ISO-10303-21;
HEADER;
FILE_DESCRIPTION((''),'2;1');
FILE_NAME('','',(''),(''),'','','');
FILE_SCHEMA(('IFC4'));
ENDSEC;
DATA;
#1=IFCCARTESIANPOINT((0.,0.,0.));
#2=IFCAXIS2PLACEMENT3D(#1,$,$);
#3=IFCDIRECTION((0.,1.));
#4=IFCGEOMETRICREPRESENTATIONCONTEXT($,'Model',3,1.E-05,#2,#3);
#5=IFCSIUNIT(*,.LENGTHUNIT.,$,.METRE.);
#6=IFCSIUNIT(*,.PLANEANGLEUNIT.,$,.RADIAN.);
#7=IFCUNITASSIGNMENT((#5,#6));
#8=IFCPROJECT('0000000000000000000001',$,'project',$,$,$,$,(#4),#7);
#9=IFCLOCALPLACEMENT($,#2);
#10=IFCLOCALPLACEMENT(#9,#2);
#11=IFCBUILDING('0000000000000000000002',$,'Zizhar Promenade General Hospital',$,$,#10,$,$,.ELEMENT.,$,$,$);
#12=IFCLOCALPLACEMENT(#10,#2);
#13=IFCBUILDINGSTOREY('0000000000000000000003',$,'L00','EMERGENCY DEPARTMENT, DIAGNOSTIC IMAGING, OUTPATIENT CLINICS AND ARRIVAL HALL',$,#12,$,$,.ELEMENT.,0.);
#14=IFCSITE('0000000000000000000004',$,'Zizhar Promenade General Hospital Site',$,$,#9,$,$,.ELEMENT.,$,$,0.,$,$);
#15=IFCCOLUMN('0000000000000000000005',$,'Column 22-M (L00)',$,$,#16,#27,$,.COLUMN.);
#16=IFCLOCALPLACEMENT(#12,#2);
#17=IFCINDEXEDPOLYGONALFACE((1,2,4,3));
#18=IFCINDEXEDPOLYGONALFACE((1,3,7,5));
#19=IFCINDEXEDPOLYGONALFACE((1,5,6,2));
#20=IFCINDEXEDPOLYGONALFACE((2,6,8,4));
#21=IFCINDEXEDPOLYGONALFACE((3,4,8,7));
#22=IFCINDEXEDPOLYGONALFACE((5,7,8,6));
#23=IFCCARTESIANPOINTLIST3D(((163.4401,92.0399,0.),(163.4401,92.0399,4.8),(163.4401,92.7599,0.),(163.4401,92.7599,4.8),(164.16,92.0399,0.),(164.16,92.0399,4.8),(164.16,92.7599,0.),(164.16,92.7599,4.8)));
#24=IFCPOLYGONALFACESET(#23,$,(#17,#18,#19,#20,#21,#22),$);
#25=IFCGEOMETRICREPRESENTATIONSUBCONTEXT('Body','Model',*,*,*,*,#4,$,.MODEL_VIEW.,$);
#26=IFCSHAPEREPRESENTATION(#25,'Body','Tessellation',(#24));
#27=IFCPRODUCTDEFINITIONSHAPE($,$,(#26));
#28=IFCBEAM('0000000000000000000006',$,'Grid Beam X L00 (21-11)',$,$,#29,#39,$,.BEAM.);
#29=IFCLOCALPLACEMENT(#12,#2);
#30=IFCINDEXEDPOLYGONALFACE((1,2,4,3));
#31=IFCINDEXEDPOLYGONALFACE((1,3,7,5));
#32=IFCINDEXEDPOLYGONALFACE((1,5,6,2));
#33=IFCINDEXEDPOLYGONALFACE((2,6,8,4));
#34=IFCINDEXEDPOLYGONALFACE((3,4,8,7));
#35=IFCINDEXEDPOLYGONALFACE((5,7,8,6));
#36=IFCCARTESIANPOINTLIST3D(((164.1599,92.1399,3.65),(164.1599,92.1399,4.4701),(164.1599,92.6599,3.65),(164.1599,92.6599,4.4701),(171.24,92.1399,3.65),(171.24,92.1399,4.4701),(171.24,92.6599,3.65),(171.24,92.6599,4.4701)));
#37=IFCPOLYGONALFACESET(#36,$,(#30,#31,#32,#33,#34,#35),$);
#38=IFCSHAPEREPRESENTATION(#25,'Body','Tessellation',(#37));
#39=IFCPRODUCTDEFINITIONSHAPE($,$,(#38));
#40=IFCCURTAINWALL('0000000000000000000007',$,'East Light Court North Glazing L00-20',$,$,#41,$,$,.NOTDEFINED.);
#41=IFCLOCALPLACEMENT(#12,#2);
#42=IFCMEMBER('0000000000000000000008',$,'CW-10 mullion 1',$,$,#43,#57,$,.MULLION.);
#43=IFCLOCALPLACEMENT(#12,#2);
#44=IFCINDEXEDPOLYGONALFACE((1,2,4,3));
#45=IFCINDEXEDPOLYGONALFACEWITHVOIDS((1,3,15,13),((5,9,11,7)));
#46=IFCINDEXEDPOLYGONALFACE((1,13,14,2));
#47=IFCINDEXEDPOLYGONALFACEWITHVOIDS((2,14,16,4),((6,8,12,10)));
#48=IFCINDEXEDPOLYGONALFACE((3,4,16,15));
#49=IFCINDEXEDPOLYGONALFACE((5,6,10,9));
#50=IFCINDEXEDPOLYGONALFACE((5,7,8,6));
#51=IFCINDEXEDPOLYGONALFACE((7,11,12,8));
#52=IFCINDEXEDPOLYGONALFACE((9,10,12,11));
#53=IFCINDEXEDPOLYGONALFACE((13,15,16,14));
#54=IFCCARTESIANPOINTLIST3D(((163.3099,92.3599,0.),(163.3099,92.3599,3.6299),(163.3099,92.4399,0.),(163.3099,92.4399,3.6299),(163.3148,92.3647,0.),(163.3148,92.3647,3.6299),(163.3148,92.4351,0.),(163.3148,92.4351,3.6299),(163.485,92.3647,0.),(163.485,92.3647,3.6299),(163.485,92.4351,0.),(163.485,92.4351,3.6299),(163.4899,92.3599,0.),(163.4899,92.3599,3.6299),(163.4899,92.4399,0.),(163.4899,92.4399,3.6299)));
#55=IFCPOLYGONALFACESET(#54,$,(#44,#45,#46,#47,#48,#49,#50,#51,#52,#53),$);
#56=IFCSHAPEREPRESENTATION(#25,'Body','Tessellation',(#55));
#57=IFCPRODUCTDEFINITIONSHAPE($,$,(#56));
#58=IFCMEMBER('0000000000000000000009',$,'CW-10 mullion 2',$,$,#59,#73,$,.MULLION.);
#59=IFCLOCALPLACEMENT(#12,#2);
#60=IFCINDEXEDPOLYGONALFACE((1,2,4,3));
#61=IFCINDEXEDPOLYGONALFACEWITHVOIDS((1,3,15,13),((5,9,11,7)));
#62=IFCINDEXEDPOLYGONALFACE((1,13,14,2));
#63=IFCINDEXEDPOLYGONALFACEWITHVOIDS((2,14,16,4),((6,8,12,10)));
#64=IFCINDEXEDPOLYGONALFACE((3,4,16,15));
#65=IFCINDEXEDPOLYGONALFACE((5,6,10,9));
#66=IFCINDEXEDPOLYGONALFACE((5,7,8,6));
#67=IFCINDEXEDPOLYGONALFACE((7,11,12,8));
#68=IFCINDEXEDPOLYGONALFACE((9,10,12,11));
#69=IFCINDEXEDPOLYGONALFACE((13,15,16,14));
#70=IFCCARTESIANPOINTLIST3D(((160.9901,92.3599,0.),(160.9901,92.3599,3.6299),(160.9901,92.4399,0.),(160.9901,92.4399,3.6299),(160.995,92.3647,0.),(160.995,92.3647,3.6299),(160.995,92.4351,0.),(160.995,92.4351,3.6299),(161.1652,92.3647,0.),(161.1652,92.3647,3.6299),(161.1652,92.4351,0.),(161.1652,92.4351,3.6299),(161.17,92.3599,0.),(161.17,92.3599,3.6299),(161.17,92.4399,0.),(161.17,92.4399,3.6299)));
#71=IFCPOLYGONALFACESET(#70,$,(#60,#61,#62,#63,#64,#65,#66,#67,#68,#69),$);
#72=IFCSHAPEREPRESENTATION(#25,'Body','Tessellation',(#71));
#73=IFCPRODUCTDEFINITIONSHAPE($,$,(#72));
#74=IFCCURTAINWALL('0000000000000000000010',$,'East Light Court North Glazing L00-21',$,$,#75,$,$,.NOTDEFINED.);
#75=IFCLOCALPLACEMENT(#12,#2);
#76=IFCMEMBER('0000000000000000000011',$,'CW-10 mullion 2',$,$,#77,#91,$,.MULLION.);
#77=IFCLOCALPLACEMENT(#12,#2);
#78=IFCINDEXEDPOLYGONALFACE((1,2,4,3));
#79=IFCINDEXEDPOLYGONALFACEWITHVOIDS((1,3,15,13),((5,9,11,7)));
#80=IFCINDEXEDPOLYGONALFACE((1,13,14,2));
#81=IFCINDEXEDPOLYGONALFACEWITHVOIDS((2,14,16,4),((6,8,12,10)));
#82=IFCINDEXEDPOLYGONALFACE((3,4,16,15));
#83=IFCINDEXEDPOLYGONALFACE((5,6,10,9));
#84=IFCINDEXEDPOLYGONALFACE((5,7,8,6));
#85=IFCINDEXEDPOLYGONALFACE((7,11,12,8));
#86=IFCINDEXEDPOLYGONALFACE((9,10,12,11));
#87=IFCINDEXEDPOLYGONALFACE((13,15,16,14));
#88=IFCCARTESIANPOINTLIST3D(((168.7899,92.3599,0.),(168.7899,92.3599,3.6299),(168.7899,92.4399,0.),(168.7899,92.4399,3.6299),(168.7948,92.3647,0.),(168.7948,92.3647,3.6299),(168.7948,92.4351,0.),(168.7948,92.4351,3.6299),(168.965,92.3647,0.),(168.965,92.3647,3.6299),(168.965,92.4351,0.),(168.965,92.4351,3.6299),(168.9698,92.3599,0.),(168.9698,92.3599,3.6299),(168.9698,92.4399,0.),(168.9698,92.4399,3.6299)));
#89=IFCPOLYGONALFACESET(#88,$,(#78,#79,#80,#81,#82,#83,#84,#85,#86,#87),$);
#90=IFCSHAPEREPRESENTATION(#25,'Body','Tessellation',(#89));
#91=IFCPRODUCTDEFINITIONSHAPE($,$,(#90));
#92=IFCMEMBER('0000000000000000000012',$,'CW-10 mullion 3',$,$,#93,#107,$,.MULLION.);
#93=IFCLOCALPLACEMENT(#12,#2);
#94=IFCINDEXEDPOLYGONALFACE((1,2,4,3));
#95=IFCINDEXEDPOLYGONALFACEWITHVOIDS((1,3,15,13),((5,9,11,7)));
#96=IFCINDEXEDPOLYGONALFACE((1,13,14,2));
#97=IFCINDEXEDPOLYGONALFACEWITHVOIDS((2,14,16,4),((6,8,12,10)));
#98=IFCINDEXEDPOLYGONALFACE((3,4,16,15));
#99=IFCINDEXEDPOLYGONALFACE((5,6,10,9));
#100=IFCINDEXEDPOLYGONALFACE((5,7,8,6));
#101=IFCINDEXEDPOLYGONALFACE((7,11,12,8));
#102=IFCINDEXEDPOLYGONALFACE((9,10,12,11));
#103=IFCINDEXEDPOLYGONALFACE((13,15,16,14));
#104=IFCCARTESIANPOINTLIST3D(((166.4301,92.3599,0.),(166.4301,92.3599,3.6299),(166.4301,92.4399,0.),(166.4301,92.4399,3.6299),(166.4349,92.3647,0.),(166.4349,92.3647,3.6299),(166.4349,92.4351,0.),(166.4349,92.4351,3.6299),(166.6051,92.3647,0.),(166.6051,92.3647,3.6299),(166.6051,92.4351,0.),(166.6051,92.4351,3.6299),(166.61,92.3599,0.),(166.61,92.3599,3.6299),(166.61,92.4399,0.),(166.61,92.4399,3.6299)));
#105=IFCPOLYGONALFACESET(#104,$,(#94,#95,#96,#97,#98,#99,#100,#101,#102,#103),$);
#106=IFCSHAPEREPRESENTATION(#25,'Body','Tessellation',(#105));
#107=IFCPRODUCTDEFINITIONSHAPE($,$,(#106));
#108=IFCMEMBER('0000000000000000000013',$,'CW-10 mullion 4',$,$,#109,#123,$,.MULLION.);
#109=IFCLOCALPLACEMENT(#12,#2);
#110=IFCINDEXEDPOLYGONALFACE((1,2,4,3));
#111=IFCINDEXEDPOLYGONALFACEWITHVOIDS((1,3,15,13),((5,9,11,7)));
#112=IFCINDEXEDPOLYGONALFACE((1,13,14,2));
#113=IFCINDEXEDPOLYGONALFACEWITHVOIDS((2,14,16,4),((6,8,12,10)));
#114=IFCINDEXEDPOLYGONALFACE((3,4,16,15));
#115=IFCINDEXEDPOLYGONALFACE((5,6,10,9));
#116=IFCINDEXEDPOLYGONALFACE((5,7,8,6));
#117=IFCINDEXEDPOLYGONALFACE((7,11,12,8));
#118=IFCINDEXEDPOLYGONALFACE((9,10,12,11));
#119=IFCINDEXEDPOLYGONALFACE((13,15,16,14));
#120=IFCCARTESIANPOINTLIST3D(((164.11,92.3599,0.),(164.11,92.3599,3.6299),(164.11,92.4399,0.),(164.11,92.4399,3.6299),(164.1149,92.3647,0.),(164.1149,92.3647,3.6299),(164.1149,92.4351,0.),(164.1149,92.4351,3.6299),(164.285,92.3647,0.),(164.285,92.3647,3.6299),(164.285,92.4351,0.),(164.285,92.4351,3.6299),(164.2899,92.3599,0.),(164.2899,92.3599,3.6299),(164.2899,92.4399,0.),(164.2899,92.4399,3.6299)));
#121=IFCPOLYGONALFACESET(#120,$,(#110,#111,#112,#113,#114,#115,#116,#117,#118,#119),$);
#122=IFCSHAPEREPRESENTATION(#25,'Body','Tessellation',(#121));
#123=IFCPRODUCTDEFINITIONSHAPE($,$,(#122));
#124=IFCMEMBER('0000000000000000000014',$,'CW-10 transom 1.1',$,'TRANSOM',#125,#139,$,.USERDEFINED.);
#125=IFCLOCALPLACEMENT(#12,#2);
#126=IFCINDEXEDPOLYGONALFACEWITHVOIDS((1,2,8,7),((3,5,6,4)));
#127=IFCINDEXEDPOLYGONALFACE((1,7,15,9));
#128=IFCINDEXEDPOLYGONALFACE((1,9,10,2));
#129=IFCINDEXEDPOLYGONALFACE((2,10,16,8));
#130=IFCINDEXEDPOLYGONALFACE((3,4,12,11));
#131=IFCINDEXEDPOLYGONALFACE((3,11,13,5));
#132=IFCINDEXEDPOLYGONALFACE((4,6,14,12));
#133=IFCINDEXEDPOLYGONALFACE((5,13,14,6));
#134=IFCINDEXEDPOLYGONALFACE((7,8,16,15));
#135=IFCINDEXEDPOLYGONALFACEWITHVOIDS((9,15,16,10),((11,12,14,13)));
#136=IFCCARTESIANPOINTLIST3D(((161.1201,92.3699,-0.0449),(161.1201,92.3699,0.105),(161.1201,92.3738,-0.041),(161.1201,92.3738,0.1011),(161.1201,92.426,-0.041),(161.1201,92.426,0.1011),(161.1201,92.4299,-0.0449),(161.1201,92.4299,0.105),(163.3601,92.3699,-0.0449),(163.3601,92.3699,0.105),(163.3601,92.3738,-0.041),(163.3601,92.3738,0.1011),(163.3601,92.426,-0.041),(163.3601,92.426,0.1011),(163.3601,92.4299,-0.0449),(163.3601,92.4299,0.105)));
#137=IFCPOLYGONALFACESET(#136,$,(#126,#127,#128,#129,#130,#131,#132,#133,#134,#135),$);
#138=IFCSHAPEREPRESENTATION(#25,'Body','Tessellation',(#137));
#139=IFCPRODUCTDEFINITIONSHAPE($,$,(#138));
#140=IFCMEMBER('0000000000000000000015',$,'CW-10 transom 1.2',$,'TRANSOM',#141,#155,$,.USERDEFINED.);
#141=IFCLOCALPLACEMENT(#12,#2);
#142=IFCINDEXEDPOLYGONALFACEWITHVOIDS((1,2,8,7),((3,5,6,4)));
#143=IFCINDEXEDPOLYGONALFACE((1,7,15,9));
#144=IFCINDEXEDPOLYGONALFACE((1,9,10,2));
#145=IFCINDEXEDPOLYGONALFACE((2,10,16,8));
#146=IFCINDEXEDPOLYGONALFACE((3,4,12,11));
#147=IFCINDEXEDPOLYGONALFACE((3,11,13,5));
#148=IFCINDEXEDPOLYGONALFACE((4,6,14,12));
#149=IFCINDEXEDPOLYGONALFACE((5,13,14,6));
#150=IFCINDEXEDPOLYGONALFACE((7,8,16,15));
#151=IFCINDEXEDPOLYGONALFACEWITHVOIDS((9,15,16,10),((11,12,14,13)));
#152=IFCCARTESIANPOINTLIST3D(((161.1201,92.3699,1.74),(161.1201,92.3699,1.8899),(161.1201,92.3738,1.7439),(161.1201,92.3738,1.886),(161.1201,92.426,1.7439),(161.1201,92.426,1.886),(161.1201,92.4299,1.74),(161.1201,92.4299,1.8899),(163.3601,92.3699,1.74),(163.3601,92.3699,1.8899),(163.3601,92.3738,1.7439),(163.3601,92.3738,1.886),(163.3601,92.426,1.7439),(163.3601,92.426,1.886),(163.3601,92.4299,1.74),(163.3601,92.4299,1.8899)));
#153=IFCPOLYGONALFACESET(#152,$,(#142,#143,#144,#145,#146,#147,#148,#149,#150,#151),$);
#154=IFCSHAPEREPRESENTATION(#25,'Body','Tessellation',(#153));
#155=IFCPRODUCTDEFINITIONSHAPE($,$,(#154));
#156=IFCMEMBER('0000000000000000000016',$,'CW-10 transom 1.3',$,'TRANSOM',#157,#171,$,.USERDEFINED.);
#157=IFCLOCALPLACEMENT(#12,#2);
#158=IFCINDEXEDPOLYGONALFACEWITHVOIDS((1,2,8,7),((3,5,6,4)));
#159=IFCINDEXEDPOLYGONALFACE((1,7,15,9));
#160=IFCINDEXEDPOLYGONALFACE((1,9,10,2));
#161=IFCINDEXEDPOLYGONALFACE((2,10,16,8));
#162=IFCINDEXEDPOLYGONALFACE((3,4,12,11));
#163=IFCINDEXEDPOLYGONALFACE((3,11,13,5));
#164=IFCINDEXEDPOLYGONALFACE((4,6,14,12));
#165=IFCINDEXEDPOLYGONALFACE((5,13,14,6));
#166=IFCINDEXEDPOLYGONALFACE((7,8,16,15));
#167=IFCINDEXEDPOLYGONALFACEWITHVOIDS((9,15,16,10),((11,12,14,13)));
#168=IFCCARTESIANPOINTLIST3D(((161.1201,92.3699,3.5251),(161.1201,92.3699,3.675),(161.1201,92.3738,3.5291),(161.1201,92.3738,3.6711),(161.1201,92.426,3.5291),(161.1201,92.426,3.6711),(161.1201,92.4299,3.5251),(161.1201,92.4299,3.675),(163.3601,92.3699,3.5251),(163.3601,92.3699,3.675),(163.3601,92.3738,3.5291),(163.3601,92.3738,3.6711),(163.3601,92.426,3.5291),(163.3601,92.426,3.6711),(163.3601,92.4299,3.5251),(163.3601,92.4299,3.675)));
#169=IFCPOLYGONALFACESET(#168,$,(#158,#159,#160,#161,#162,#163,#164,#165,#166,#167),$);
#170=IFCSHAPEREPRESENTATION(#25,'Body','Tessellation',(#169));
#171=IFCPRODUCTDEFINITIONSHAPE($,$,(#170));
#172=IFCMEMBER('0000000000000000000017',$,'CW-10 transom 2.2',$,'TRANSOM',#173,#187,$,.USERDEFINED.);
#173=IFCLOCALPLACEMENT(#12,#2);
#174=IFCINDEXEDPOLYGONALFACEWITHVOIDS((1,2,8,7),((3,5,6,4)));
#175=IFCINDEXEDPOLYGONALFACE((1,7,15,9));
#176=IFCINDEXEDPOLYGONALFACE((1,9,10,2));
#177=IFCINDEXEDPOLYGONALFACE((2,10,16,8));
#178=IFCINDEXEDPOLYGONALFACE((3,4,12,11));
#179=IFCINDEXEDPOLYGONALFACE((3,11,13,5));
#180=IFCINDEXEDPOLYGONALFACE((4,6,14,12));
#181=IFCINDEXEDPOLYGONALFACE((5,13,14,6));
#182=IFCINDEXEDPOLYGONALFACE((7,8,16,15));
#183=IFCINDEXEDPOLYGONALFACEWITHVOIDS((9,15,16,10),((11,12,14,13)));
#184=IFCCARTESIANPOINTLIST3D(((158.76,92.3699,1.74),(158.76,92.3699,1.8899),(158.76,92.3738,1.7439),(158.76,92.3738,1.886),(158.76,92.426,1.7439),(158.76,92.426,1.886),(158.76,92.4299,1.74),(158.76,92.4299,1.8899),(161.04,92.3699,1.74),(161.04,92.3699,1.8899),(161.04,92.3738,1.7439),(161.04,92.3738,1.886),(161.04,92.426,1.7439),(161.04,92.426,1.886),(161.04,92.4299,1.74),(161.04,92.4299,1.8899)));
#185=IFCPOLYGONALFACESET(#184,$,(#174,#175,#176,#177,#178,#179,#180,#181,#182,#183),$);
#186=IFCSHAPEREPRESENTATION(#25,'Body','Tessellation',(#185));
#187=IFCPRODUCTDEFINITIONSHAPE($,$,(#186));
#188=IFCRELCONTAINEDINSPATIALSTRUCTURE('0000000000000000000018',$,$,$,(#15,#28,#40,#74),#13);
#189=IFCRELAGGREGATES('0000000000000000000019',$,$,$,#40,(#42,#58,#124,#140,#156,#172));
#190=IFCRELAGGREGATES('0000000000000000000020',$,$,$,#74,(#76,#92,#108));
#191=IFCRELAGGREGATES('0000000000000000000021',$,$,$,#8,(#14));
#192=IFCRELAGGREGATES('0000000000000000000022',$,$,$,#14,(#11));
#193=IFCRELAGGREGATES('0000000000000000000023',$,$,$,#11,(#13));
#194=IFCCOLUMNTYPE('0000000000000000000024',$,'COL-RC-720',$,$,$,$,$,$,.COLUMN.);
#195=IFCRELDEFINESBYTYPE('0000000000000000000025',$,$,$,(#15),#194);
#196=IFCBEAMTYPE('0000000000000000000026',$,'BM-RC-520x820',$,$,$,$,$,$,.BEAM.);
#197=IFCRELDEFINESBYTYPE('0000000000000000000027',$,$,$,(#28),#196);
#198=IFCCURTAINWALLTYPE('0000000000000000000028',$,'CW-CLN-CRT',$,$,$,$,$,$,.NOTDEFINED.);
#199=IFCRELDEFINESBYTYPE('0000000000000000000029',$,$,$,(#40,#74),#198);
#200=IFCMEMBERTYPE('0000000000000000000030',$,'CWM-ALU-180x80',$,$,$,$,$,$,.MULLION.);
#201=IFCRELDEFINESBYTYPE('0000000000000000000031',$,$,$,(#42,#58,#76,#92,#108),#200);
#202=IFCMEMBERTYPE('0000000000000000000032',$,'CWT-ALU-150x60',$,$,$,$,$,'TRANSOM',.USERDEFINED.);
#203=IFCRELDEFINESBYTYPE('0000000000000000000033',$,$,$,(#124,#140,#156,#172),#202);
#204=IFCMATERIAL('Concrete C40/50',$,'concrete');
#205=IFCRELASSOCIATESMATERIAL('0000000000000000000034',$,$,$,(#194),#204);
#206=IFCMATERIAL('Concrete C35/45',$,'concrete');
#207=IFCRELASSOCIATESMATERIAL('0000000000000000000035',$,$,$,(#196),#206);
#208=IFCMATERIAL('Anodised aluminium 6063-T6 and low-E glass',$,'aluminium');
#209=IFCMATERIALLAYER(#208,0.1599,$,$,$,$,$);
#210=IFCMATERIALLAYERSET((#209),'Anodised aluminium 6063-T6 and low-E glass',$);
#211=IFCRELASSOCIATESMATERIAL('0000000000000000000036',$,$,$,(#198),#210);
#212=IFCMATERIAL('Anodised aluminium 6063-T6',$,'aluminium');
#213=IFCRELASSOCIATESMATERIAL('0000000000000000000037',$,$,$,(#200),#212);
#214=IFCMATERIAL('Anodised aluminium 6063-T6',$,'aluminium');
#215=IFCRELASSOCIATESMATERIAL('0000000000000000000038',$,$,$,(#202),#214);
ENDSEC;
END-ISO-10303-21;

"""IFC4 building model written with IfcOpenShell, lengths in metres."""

from ifc_helpers import new_model, si_unit, direction, frame, origin, origin_2d, place, context, subcontext, project, spatial, rectangle, hollow_rectangle, extrude, material, layer, layer_set, material_profile, profile_set, type_object, element, aggregate, save


model = new_model("IFC4")

# Units and contexts
model_context = context("Model", 3, precision=1e-05, world=origin(), true_north=direction((0.0, 1.0)))
body_context = subcontext(model_context, "Body", "Model", "MODEL_VIEW")
ifc_project = project(units=[si_unit("LENGTHUNIT", "METRE"), si_unit("PLANEANGLEUNIT", "RADIAN")], contexts=[model_context])

# Site, building, storey
site_placement = place(None, origin())
site = spatial("IfcSite", under=ifc_project, at=site_placement, Name="Zizhar Promenade General Hospital Site", CompositionType="ELEMENT", RefElevation=0.0)
building_placement = place(site_placement, origin())
building = spatial("IfcBuilding", under=site, at=building_placement, Name="Zizhar Promenade General Hospital", CompositionType="ELEMENT")
storey_placement = place(building_placement, origin())
storey = spatial("IfcBuildingStorey", under=building, at=storey_placement, Name="L00", Description="EMERGENCY DEPARTMENT, DIAGNOSTIC IMAGING, OUTPATIENT CLINICS AND ARRIVAL HALL", CompositionType="ELEMENT", Elevation=0.0)

# Column
ifc_material_1 = material(Name="Concrete C40/50", Category="concrete")
ifc_material_profile_1 = material_profile(ifc_material_1, rectangle(XDim=0.72, YDim=0.72, at=origin_2d()))
ifc_profile_set_1 = profile_set([ifc_material_profile_1], Name="Concrete C40/50")
column_type = type_object("IfcColumnType", Name="COL-RC-720", PredefinedType="COLUMN", material=ifc_profile_set_1)
column_placement = place(storey_placement, frame((163.8, 92.3999, 0.0), z_axis=(0.0, 0.0, 1.0), x_axis=(1.0, 0.0, 0.0)))
element("IfcColumn", 1, at=column_placement, inside=storey, type_object=column_type, Name="Column 22-M (L00)", PredefinedType="COLUMN", context=body_context, shape_type="SweptSolid", body=[
    extrude(rectangle(XDim=0.72, YDim=0.72, at=origin_2d()), origin(), (0.0, 0.0, 1.0), 4.8),
])

# Beam
ifc_material_2 = material(Name="Concrete C35/45", Category="concrete")
ifc_material_profile_2 = material_profile(ifc_material_2, rectangle(XDim=0.52, YDim=0.8201, at=origin_2d()))
ifc_profile_set_2 = profile_set([ifc_material_profile_2], Name="Concrete C35/45")
beam_type = type_object("IfcBeamType", Name="BM-RC-520x820", PredefinedType="BEAM", material=ifc_profile_set_2)
beam_placement = place(storey_placement, frame((164.1599, 92.3999, 4.0601), z_axis=(1.0, 0.0, 0.0), x_axis=(0.0, 1.0, 0.0)))
element("IfcBeam", 2, at=beam_placement, inside=storey, type_object=beam_type, Name="Grid Beam X L00 (21-11)", PredefinedType="BEAM", context=body_context, shape_type="SweptSolid", body=[
    extrude(rectangle(XDim=0.52, YDim=0.8201, at=origin_2d()), origin(), (0.0, 0.0, 1.0), 7.0801),
])

# Curtain walls, members
ifc_material_3 = material(Name="Anodised aluminium 6063-T6 and low-E glass", Category="aluminium")
ifc_layer_1 = layer(ifc_material_3, 0.1599)
ifc_layer_set_1 = layer_set([ifc_layer_1], Name="Anodised aluminium 6063-T6 and low-E glass")
curtain_wall_type = type_object("IfcCurtainWallType", Name="CW-CLN-CRT", PredefinedType="NOTDEFINED", material=ifc_layer_set_1)
curtain_wall_1_placement = place(storey_placement, origin())
curtain_wall_1 = element("IfcCurtainWall", 3, at=curtain_wall_1_placement, inside=storey, type_object=curtain_wall_type, Name="East Light Court North Glazing L00-20", PredefinedType="NOTDEFINED")
ifc_material_4 = material(Name="Anodised aluminium 6063-T6", Category="aluminium")
ifc_material_profile_3 = material_profile(ifc_material_4, hollow_rectangle(XDim=0.0801, YDim=0.1799, WallThickness=0.0049, at=origin_2d()))
ifc_profile_set_3 = profile_set([ifc_material_profile_3], Name="Anodised aluminium 6063-T6")
member_type_1 = type_object("IfcMemberType", Name="CWM-ALU-180x80", PredefinedType="MULLION", material=ifc_profile_set_3)
member_1_placement = place(storey_placement, frame((163.3999, 92.3999, 0.0), z_axis=(0.0, 0.0, 1.0), x_axis=(0.0, -1.0, 0.0)))
member_1 = element("IfcMember", 4, at=member_1_placement, type_object=member_type_1, Name="CW-10 mullion 1", PredefinedType="MULLION", context=body_context, shape_type="SweptSolid", body=[
    extrude(hollow_rectangle(XDim=0.0801, YDim=0.1799, WallThickness=0.0049, at=origin_2d()), origin(), (0.0, 0.0, 1.0), 3.6299),
])
member_2_placement = place(storey_placement, frame((161.0801, 92.3999, 0.0), z_axis=(0.0, 0.0, 1.0), x_axis=(0.0, -1.0, 0.0)))
member_2 = element("IfcMember", 5, at=member_2_placement, type_object=member_type_1, Name="CW-10 mullion 2", PredefinedType="MULLION", context=body_context, shape_type="SweptSolid", body=[
    extrude(hollow_rectangle(XDim=0.0801, YDim=0.1799, WallThickness=0.0049, at=origin_2d()), origin(), (0.0, 0.0, 1.0), 3.6299),
])
curtain_wall_2_placement = place(storey_placement, origin())
curtain_wall_2 = element("IfcCurtainWall", 6, at=curtain_wall_2_placement, inside=storey, type_object=curtain_wall_type, Name="East Light Court North Glazing L00-21", PredefinedType="NOTDEFINED")
member_3_placement = place(storey_placement, frame((168.8799, 92.3999, 0.0), z_axis=(0.0, 0.0, 1.0), x_axis=(0.0, -1.0, 0.0)))
member_3 = element("IfcMember", 7, at=member_3_placement, type_object=member_type_1, Name="CW-10 mullion 2", PredefinedType="MULLION", context=body_context, shape_type="SweptSolid", body=[
    extrude(hollow_rectangle(XDim=0.0801, YDim=0.1799, WallThickness=0.0049, at=origin_2d()), origin(), (0.0, 0.0, 1.0), 3.6299),
])
member_4_placement = place(storey_placement, frame((166.52, 92.3999, 0.0), z_axis=(0.0, 0.0, 1.0), x_axis=(0.0, -1.0, 0.0)))
member_4 = element("IfcMember", 8, at=member_4_placement, type_object=member_type_1, Name="CW-10 mullion 3", PredefinedType="MULLION", context=body_context, shape_type="SweptSolid", body=[
    extrude(hollow_rectangle(XDim=0.0801, YDim=0.1799, WallThickness=0.0049, at=origin_2d()), origin(), (0.0, 0.0, 1.0), 3.6299),
])
member_5_placement = place(storey_placement, frame((164.2, 92.3999, 0.0), z_axis=(0.0, 0.0, 1.0), x_axis=(0.0, -1.0, 0.0)))
member_5 = element("IfcMember", 9, at=member_5_placement, type_object=member_type_1, Name="CW-10 mullion 4", PredefinedType="MULLION", context=body_context, shape_type="SweptSolid", body=[
    extrude(hollow_rectangle(XDim=0.0801, YDim=0.1799, WallThickness=0.0049, at=origin_2d()), origin(), (0.0, 0.0, 1.0), 3.6299),
])

# Members
ifc_material_5 = material(Name="Anodised aluminium 6063-T6", Category="aluminium")
ifc_material_profile_4 = material_profile(ifc_material_5, hollow_rectangle(XDim=0.0601, YDim=0.1499, WallThickness=0.0039, at=origin_2d()))
ifc_profile_set_4 = profile_set([ifc_material_profile_4], Name="Anodised aluminium 6063-T6")
member_type_2 = type_object("IfcMemberType", Name="CWT-ALU-150x60", ElementType="TRANSOM", PredefinedType="USERDEFINED", material=ifc_profile_set_4)
member_6_placement = place(storey_placement, frame((163.3601, 92.3999, 0.03), z_axis=(-1.0, 0.0, 0.0), x_axis=(0.0, -1.0, 0.0)))
member_6 = element("IfcMember", 10, at=member_6_placement, type_object=member_type_2, Name="CW-10 transom 1.1", ObjectType="TRANSOM", PredefinedType="USERDEFINED", context=body_context, shape_type="SweptSolid", body=[
    extrude(hollow_rectangle(XDim=0.0601, YDim=0.1499, WallThickness=0.0039, at=origin_2d()), origin(), (0.0, 0.0, 1.0), 2.24),
])
member_7_placement = place(storey_placement, frame((163.3601, 92.3999, 1.8149), z_axis=(-1.0, 0.0, 0.0), x_axis=(0.0, -1.0, 0.0)))
member_7 = element("IfcMember", 11, at=member_7_placement, type_object=member_type_2, Name="CW-10 transom 1.2", ObjectType="TRANSOM", PredefinedType="USERDEFINED", context=body_context, shape_type="SweptSolid", body=[
    extrude(hollow_rectangle(XDim=0.0601, YDim=0.1499, WallThickness=0.0039, at=origin_2d()), origin(), (0.0, 0.0, 1.0), 2.24),
])
member_8_placement = place(storey_placement, frame((163.3601, 92.3999, 3.6001), z_axis=(-1.0, 0.0, 0.0), x_axis=(0.0, -1.0, 0.0)))
member_8 = element("IfcMember", 12, at=member_8_placement, type_object=member_type_2, Name="CW-10 transom 1.3", ObjectType="TRANSOM", PredefinedType="USERDEFINED", context=body_context, shape_type="SweptSolid", body=[
    extrude(hollow_rectangle(XDim=0.0601, YDim=0.1499, WallThickness=0.0039, at=origin_2d()), origin(), (0.0, 0.0, 1.0), 2.24),
])
member_9_placement = place(storey_placement, frame((161.04, 92.3999, 1.8149), z_axis=(-1.0, 0.0, 0.0), x_axis=(0.0, -1.0, 0.0)))
member_9 = element("IfcMember", 13, at=member_9_placement, type_object=member_type_2, Name="CW-10 transom 2.2", ObjectType="TRANSOM", PredefinedType="USERDEFINED", context=body_context, shape_type="SweptSolid", body=[
    extrude(hollow_rectangle(XDim=0.0601, YDim=0.1499, WallThickness=0.0039, at=origin_2d()), origin(), (0.0, 0.0, 1.0), 2.28),
])

aggregate(curtain_wall_1, [member_1, member_2, member_6, member_7, member_8, member_9])
aggregate(curtain_wall_2, [member_3, member_4, member_5])

save(model, "model.ifc")
